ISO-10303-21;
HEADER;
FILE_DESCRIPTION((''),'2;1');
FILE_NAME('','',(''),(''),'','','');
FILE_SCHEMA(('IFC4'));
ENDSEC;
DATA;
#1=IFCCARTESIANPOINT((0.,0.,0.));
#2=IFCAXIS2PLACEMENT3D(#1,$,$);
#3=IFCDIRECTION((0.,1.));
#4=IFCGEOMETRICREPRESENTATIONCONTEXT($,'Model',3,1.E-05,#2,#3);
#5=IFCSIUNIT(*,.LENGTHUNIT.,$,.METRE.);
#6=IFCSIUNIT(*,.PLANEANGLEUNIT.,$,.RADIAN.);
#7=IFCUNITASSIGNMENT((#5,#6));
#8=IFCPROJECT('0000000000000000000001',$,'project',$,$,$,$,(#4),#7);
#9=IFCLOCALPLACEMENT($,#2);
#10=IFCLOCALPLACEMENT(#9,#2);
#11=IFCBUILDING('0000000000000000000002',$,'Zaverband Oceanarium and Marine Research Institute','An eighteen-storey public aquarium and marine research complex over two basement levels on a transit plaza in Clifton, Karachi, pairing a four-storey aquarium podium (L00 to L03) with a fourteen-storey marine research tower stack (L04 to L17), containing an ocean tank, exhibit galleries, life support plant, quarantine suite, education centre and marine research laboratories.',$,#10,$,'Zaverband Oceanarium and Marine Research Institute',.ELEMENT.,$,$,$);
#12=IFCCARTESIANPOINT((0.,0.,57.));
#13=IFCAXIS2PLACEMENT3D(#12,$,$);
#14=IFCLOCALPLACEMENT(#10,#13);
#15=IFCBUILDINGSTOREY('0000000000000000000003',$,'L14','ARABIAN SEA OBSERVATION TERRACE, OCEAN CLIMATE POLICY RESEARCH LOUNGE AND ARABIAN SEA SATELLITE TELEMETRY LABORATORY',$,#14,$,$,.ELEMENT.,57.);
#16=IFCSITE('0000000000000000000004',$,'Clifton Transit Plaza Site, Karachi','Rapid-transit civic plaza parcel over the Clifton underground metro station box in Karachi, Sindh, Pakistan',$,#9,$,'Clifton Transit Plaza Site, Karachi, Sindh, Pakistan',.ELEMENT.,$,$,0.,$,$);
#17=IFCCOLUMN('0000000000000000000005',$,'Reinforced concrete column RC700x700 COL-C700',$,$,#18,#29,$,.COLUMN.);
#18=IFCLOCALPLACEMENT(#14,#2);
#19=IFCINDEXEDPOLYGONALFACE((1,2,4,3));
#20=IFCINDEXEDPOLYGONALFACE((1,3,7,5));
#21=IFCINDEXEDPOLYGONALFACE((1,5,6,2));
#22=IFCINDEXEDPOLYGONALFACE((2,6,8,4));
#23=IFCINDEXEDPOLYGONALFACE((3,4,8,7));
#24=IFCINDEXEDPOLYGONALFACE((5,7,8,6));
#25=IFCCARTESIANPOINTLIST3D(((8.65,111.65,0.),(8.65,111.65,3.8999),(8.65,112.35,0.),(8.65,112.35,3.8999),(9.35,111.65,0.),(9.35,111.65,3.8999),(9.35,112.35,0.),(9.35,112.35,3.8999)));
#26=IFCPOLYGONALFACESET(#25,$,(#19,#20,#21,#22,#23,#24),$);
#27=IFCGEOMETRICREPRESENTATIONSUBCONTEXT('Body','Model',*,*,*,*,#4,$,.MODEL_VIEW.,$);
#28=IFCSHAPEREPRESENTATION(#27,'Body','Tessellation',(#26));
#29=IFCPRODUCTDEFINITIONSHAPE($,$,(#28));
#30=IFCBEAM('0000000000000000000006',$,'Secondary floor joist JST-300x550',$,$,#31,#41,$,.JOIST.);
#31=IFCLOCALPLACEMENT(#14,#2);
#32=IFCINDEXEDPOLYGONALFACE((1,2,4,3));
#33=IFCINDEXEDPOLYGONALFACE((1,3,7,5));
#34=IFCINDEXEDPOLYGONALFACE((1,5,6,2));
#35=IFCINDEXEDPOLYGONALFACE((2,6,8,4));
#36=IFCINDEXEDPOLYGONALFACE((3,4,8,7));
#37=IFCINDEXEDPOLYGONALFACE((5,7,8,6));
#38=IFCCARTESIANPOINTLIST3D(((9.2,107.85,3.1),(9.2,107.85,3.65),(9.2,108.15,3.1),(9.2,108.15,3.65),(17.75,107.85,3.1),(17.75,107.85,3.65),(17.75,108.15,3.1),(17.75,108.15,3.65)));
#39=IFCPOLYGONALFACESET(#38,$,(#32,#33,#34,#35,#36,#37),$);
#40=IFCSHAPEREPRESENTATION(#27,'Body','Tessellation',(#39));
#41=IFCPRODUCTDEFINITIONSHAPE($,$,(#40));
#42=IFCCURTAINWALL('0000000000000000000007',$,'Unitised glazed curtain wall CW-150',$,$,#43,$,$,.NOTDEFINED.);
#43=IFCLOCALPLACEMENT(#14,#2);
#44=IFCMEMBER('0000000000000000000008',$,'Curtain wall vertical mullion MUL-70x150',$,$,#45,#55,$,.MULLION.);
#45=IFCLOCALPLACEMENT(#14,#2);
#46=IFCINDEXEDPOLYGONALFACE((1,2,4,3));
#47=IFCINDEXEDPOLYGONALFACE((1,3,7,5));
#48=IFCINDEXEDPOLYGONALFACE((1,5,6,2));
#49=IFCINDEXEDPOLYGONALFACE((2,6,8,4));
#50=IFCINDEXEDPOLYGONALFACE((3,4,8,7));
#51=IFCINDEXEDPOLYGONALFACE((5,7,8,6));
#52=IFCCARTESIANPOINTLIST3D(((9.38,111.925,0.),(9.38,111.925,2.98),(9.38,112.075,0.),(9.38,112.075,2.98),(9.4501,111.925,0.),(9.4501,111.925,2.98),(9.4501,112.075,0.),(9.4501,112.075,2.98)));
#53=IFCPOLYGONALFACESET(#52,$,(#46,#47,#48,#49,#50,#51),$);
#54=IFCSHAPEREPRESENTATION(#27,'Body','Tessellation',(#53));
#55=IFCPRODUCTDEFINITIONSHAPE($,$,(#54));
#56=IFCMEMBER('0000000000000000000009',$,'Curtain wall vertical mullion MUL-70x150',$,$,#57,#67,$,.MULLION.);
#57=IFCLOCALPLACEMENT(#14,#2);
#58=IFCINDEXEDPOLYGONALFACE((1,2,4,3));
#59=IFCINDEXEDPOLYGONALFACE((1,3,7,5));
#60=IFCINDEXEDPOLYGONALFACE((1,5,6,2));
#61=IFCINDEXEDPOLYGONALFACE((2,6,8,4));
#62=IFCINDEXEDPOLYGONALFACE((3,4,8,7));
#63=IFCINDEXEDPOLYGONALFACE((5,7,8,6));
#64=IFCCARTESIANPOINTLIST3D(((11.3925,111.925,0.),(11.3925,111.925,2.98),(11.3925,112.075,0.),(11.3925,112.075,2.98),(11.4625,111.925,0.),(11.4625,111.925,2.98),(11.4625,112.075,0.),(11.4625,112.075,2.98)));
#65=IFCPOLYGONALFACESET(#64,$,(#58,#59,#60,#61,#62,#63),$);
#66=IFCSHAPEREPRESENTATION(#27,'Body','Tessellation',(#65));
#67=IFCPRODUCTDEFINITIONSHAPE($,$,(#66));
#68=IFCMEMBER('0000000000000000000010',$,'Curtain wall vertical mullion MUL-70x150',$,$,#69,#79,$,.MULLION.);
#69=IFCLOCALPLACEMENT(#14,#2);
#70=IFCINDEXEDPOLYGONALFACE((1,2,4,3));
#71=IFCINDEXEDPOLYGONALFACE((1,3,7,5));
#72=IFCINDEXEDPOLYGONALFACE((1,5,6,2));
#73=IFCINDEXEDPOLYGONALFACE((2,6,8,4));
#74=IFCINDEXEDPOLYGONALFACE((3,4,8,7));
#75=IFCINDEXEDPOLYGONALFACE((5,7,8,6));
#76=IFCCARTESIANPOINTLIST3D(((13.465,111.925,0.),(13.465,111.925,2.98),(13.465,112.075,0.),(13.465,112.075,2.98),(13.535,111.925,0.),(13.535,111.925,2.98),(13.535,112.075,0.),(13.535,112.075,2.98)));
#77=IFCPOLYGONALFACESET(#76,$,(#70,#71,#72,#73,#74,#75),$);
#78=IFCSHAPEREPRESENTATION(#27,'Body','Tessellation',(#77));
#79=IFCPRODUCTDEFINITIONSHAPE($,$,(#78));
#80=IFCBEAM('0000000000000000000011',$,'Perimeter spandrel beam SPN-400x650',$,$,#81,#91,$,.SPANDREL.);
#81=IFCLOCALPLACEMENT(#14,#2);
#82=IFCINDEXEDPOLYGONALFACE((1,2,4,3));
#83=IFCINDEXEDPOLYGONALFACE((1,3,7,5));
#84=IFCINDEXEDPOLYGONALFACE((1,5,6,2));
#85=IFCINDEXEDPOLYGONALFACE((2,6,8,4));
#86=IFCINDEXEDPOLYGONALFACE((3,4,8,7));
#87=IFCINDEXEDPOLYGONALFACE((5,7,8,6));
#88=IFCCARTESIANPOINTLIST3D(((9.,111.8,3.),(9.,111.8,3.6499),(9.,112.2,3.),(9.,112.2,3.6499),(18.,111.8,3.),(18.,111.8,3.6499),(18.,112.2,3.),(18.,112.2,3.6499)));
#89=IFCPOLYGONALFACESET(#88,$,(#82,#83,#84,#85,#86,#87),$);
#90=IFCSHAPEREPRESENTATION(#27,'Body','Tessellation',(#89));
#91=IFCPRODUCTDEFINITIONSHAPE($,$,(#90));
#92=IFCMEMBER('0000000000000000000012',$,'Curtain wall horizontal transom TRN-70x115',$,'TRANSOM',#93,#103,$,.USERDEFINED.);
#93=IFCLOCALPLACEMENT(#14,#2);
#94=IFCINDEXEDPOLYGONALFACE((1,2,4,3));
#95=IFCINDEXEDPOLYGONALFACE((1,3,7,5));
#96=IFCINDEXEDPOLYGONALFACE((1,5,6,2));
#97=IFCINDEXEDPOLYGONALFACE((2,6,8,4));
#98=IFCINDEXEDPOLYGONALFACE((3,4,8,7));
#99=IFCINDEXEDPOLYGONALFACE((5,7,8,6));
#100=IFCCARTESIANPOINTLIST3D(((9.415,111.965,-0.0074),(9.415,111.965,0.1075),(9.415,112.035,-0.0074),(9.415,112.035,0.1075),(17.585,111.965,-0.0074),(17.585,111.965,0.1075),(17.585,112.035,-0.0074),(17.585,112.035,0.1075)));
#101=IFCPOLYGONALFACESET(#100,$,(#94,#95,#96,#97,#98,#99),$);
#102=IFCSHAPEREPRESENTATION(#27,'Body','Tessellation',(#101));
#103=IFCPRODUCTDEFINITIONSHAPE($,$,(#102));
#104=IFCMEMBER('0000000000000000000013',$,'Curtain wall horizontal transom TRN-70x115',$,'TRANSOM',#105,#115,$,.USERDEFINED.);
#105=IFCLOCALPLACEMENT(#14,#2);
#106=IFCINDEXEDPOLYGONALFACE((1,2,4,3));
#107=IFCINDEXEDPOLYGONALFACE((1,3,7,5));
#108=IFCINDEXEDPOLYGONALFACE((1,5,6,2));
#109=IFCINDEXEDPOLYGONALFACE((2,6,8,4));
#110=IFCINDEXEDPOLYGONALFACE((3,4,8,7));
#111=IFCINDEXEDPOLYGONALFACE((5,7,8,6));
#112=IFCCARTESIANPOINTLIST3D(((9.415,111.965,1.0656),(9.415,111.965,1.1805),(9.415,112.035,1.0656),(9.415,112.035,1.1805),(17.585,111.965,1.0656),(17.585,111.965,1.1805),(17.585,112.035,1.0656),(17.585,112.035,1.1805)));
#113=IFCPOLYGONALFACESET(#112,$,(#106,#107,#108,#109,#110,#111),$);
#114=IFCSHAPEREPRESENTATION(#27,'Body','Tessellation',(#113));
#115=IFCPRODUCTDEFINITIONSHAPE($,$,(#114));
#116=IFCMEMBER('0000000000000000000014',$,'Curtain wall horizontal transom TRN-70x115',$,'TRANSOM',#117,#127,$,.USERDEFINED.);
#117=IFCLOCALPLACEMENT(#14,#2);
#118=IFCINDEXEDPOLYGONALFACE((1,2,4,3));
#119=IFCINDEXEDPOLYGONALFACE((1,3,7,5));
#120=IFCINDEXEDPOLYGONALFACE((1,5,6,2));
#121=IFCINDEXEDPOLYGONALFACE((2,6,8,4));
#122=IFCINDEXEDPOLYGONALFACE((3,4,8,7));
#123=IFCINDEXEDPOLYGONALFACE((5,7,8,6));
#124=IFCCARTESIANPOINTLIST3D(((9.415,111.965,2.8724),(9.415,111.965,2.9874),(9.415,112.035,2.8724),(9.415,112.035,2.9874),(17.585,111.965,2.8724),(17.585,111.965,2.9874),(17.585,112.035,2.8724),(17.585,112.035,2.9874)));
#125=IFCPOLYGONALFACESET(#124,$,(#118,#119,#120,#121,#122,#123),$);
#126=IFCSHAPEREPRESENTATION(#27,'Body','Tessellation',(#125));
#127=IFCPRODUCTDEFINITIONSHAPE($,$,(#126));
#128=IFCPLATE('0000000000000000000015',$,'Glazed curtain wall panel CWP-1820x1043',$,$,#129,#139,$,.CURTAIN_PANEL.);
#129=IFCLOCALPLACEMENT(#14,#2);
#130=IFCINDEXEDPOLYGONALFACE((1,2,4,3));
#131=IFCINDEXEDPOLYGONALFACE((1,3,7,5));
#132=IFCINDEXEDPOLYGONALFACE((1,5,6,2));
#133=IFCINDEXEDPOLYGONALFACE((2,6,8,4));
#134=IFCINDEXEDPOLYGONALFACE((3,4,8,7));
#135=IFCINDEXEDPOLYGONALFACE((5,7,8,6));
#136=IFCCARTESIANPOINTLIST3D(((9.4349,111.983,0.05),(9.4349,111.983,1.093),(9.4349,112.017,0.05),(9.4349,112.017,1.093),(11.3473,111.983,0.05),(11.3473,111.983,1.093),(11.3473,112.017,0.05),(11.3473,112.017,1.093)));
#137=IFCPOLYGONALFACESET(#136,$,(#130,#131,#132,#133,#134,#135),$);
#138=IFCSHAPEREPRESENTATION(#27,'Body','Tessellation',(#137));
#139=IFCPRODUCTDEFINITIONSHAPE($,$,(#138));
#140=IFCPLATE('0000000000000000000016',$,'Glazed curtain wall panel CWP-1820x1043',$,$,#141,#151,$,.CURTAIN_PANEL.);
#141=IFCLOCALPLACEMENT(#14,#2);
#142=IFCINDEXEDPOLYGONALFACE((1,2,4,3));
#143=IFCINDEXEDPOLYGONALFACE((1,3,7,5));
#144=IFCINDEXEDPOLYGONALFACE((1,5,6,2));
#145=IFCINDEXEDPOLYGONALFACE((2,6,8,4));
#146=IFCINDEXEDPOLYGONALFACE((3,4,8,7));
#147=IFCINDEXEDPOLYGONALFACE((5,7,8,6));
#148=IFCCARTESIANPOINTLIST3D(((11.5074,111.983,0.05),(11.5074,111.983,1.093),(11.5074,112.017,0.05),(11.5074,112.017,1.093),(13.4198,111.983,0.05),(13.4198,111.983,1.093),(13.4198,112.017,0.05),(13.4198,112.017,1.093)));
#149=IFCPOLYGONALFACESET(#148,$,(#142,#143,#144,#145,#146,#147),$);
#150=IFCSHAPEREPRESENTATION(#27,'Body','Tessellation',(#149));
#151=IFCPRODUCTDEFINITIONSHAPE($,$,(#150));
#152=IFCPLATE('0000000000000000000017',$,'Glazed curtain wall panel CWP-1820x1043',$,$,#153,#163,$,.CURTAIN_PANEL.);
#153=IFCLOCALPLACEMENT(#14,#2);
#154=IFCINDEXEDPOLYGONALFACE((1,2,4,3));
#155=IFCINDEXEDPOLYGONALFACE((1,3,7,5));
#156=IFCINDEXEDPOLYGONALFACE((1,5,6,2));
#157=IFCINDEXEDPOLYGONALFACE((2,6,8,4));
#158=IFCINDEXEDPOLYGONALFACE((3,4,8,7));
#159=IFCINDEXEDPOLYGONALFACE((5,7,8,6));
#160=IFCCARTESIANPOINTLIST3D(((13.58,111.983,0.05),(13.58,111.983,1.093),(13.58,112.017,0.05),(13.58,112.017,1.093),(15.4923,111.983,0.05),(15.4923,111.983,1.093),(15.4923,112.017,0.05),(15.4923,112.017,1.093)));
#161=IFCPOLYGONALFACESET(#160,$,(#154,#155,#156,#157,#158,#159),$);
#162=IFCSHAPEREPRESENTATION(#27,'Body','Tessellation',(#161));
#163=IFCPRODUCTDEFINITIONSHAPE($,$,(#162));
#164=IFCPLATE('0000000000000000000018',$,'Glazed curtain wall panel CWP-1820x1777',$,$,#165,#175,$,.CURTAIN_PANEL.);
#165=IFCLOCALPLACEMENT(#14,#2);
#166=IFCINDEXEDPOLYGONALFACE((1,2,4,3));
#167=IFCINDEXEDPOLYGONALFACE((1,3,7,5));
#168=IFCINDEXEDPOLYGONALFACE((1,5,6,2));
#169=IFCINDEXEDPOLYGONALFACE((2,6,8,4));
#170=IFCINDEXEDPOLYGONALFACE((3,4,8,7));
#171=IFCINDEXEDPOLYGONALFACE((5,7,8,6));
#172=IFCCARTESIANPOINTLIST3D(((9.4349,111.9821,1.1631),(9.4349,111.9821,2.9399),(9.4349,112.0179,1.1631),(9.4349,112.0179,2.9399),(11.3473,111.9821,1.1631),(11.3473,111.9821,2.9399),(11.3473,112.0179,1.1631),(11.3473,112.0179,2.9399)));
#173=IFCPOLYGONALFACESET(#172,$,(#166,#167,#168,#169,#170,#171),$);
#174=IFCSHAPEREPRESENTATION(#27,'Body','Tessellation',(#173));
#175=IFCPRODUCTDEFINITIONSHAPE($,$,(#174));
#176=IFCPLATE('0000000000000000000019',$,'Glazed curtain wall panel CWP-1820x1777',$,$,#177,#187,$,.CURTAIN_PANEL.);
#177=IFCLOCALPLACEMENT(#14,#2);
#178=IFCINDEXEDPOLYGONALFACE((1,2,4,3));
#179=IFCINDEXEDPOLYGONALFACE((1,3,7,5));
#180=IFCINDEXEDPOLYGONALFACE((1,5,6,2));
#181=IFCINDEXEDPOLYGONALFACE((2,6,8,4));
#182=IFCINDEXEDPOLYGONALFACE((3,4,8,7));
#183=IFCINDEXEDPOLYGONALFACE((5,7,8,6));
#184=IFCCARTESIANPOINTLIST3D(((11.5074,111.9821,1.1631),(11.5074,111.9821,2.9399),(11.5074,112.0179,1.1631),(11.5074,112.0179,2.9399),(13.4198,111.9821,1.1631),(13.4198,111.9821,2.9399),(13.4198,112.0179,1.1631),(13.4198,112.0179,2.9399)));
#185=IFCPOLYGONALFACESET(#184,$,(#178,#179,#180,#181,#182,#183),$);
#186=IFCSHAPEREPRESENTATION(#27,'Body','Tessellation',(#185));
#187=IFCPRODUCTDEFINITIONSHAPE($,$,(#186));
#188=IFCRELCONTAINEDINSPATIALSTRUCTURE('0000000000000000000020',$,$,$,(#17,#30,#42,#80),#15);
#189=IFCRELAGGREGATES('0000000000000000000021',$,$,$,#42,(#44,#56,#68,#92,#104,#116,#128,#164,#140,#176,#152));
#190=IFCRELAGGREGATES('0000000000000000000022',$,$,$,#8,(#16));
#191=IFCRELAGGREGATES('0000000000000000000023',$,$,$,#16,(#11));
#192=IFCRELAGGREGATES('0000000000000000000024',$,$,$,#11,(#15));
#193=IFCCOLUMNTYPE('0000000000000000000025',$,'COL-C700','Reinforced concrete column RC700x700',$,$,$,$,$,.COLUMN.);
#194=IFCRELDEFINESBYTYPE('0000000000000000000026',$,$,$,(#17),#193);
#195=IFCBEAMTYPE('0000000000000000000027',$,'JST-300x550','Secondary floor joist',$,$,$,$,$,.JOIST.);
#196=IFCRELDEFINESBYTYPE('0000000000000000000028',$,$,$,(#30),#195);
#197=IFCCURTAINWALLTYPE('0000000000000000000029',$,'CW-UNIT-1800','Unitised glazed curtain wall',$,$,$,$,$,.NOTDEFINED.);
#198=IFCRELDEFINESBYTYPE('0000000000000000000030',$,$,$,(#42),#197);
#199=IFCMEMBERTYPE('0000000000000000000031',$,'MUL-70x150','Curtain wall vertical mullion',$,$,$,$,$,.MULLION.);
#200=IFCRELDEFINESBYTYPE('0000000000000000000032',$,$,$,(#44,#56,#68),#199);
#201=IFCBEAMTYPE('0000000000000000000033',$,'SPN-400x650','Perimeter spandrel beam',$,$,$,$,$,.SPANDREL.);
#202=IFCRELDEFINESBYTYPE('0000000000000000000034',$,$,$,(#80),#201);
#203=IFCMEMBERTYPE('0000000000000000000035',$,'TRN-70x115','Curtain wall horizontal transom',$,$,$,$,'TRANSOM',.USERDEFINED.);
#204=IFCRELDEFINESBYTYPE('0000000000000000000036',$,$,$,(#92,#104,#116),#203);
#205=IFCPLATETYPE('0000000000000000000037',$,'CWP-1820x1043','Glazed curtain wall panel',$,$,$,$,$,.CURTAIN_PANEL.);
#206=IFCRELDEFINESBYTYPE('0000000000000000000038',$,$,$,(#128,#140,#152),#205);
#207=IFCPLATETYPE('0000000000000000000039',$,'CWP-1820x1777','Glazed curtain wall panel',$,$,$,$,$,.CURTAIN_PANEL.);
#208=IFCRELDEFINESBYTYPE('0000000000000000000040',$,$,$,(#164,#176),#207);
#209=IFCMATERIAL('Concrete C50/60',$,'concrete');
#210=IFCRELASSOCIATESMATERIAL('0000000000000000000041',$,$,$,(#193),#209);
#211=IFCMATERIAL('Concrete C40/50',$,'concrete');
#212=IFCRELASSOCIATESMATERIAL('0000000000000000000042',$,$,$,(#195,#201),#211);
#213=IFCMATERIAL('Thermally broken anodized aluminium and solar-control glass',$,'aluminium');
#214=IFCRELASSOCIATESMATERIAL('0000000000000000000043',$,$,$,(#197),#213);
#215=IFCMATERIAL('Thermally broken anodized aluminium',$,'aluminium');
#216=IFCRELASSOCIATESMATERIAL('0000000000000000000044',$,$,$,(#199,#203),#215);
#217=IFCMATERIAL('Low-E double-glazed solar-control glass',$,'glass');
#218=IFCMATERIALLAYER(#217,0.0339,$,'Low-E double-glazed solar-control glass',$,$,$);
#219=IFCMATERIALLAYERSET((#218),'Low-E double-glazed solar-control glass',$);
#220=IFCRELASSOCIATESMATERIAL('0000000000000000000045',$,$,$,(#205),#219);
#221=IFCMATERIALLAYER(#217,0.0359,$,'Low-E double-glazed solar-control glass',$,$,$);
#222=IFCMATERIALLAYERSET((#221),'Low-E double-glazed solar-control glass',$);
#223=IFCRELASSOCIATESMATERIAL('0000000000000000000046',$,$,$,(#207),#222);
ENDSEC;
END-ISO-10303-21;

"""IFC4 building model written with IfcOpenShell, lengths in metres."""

from ifc_helpers import new_model, si_unit, direction, frame, frame_2d, origin, origin_2d, place, context, subcontext, project, spatial, rectangle, extrude, material, layer, layer_set, material_profile, profile_set, type_object, element, aggregate, save


model = new_model("IFC4")

# Units and contexts
model_context = context("Model", 3, precision=1e-05, world=origin(), true_north=direction((0.0, 1.0)))
body_context = subcontext(model_context, "Body", "Model", "MODEL_VIEW")
ifc_project = project(units=[si_unit("LENGTHUNIT", "METRE"), si_unit("PLANEANGLEUNIT", "RADIAN")], contexts=[model_context])

# Site, building, storey
site_placement = place(None, origin())
site = spatial("IfcSite", under=ifc_project, at=site_placement, Name="Clifton Transit Plaza Site, Karachi", Description="Rapid-transit civic plaza parcel over the Clifton underground metro station box in Karachi, Sindh, Pakistan", LongName="Clifton Transit Plaza Site, Karachi, Sindh, Pakistan", CompositionType="ELEMENT", RefElevation=0.0)
building_placement = place(site_placement, origin())
building = spatial("IfcBuilding", under=site, at=building_placement, Name="Zaverband Oceanarium and Marine Research Institute", Description="An eighteen-storey public aquarium and marine research complex over two basement levels on a transit plaza in Clifton, Karachi, pairing a four-storey aquarium podium (L00 to L03) with a fourteen-storey marine research tower stack (L04 to L17), containing an ocean tank, exhibit galleries, life support plant, quarantine suite, education centre and marine research laboratories.", LongName="Zaverband Oceanarium and Marine Research Institute", CompositionType="ELEMENT")
storey_placement = place(building_placement, frame((0.0, 0.0, 57.0)))
storey = spatial("IfcBuildingStorey", under=building, at=storey_placement, Name="L14", Description="ARABIAN SEA OBSERVATION TERRACE, OCEAN CLIMATE POLICY RESEARCH LOUNGE AND ARABIAN SEA SATELLITE TELEMETRY LABORATORY", CompositionType="ELEMENT", Elevation=57.0)

# Column
ifc_material_1 = material(Name="Concrete C50/60", Category="concrete")
ifc_material_profile_1 = material_profile(ifc_material_1, rectangle(XDim=0.7, YDim=0.7, at=origin_2d()), Name="RC700x700")
ifc_profile_set_1 = profile_set([ifc_material_profile_1], Name="Concrete C50/60")
column_type = type_object("IfcColumnType", Name="COL-C700", Description="Reinforced concrete column RC700x700", PredefinedType="COLUMN", material=ifc_profile_set_1)
column_placement = place(storey_placement, frame((9.0, 112.0, 0.0), z_axis=(0.0, 0.0, 1.0), x_axis=(1.0, 0.0, 0.0)))
element("IfcColumn", 1, at=column_placement, inside=storey, type_object=column_type, Name="Reinforced concrete column RC700x700 COL-C700", PredefinedType="COLUMN", context=body_context, shape_type="SweptSolid", body=[
    extrude(rectangle(XDim=0.7, YDim=0.7, at=origin_2d()), origin(), (0.0, 0.0, 1.0), 3.8999),
])

# Beam
ifc_material_2 = material(Name="Concrete C40/50", Category="concrete")
ifc_material_profile_2 = material_profile(ifc_material_2, rectangle(XDim=0.3, YDim=0.55, at=origin_2d()), Name="RC300x550")
ifc_profile_set_2 = profile_set([ifc_material_profile_2], Name="Concrete C40/50")
beam_type_1 = type_object("IfcBeamType", Name="JST-300x550", Description="Secondary floor joist", PredefinedType="JOIST", material=ifc_profile_set_2)
beam_1_placement = place(storey_placement, frame((9.2, 108.0, 3.375), z_axis=(1.0, 0.0, 0.0), x_axis=(0.0, 1.0, 0.0)))
element("IfcBeam", 2, at=beam_1_placement, inside=storey, type_object=beam_type_1, Name="Secondary floor joist JST-300x550", PredefinedType="JOIST", context=body_context, shape_type="SweptSolid", body=[
    extrude(rectangle(XDim=0.3, YDim=0.55, at=origin_2d()), origin(), (0.0, 0.0, 1.0), 8.55),
])

# Curtain wall, members
ifc_material_3 = material(Name="Thermally broken anodized aluminium and solar-control glass", Category="aluminium")
curtain_wall_type = type_object("IfcCurtainWallType", Name="CW-UNIT-1800", Description="Unitised glazed curtain wall", PredefinedType="NOTDEFINED", material=ifc_material_3)
curtain_wall_placement = place(storey_placement, origin())
curtain_wall = element("IfcCurtainWall", 3, at=curtain_wall_placement, inside=storey, type_object=curtain_wall_type, Name="Unitised glazed curtain wall CW-150", PredefinedType="NOTDEFINED")
ifc_material_4 = material(Name="Thermally broken anodized aluminium", Category="aluminium")
ifc_material_profile_3 = material_profile(ifc_material_4, rectangle(XDim=0.0701, YDim=0.1499, at=origin_2d()), Name="AL-MUL-70x150")
ifc_profile_set_3 = profile_set([ifc_material_profile_3], Name="Thermally broken anodized aluminium")
member_type_1 = type_object("IfcMemberType", Name="MUL-70x150", Description="Curtain wall vertical mullion", PredefinedType="MULLION", material=ifc_profile_set_3)
member_1_placement = place(storey_placement, frame((9.415, 112.0, 0.0), z_axis=(0.0, 0.0, 1.0), x_axis=(1.0, 0.0, 0.0)))
member_1 = element("IfcMember", 4, at=member_1_placement, type_object=member_type_1, Name="Curtain wall vertical mullion MUL-70x150", PredefinedType="MULLION", context=body_context, shape_type="SweptSolid", body=[
    extrude(rectangle(XDim=0.0701, YDim=0.1499, at=origin_2d()), origin(), (0.0, 0.0, 1.0), 2.98),
])
member_2_placement = place(storey_placement, frame((11.4275, 112.0, 0.0), z_axis=(0.0, 0.0, 1.0), x_axis=(1.0, 0.0, 0.0)))
member_2 = element("IfcMember", 5, at=member_2_placement, type_object=member_type_1, Name="Curtain wall vertical mullion MUL-70x150", PredefinedType="MULLION", context=body_context, shape_type="SweptSolid", body=[
    extrude(rectangle(XDim=0.0701, YDim=0.1499, at=origin_2d()), origin(), (0.0, 0.0, 1.0), 2.98),
])
member_3_placement = place(storey_placement, frame((13.5, 112.0, 0.0), z_axis=(0.0, 0.0, 1.0), x_axis=(1.0, 0.0, 0.0)))
member_3 = element("IfcMember", 6, at=member_3_placement, type_object=member_type_1, Name="Curtain wall vertical mullion MUL-70x150", PredefinedType="MULLION", context=body_context, shape_type="SweptSolid", body=[
    extrude(rectangle(XDim=0.0701, YDim=0.1499, at=origin_2d()), origin(), (0.0, 0.0, 1.0), 2.98),
])

# Beam
ifc_material_profile_4 = material_profile(ifc_material_2, rectangle(XDim=0.3999, YDim=0.6499, at=origin_2d()), Name="RC400x650")
ifc_profile_set_4 = profile_set([ifc_material_profile_4], Name="Concrete C40/50")
beam_type_2 = type_object("IfcBeamType", Name="SPN-400x650", Description="Perimeter spandrel beam", PredefinedType="SPANDREL", material=ifc_profile_set_4)
beam_2_placement = place(storey_placement, frame((9.0, 112.0, 3.325), z_axis=(1.0, 0.0, 0.0), x_axis=(0.0, 1.0, 0.0)))
element("IfcBeam", 7, at=beam_2_placement, inside=storey, type_object=beam_type_2, Name="Perimeter spandrel beam SPN-400x650", PredefinedType="SPANDREL", context=body_context, shape_type="SweptSolid", body=[
    extrude(rectangle(XDim=0.3999, YDim=0.6499, at=origin_2d()), origin(), (0.0, 0.0, 1.0), 9.0),
])

# Members
ifc_material_profile_5 = material_profile(ifc_material_4, rectangle(XDim=0.0701, YDim=0.115, at=origin_2d()), Name="AL-TRN-70x115")
ifc_profile_set_5 = profile_set([ifc_material_profile_5], Name="Thermally broken anodized aluminium")
member_type_2 = type_object("IfcMemberType", Name="TRN-70x115", Description="Curtain wall horizontal transom", ElementType="TRANSOM", PredefinedType="USERDEFINED", material=ifc_profile_set_5)
member_4_placement = place(storey_placement, frame((9.415, 112.0, 0.05), z_axis=(1.0, 0.0, 0.0), x_axis=(0.0, 1.0, 0.0)))
member_4 = element("IfcMember", 8, at=member_4_placement, type_object=member_type_2, Name="Curtain wall horizontal transom TRN-70x115", ObjectType="TRANSOM", PredefinedType="USERDEFINED", context=body_context, shape_type="SweptSolid", body=[
    extrude(rectangle(XDim=0.0701, YDim=0.115, at=origin_2d()), origin(), (0.0, 0.0, 1.0), 8.1699),
])
member_5_placement = place(storey_placement, frame((9.415, 112.0, 1.123), z_axis=(1.0, 0.0, 0.0), x_axis=(0.0, 1.0, 0.0)))
member_5 = element("IfcMember", 9, at=member_5_placement, type_object=member_type_2, Name="Curtain wall horizontal transom TRN-70x115", ObjectType="TRANSOM", PredefinedType="USERDEFINED", context=body_context, shape_type="SweptSolid", body=[
    extrude(rectangle(XDim=0.0701, YDim=0.115, at=origin_2d()), origin(), (0.0, 0.0, 1.0), 8.1699),
])
member_6_placement = place(storey_placement, frame((9.415, 112.0, 2.9299), z_axis=(1.0, 0.0, 0.0), x_axis=(0.0, 1.0, 0.0)))
member_6 = element("IfcMember", 10, at=member_6_placement, type_object=member_type_2, Name="Curtain wall horizontal transom TRN-70x115", ObjectType="TRANSOM", PredefinedType="USERDEFINED", context=body_context, shape_type="SweptSolid", body=[
    extrude(rectangle(XDim=0.0701, YDim=0.115, at=origin_2d()), origin(), (0.0, 0.0, 1.0), 8.1699),
])

# Plates
ifc_material_5 = material(Name="Low-E double-glazed solar-control glass", Category="glass")
ifc_layer_1 = layer(ifc_material_5, 0.0339, Name="Low-E double-glazed solar-control glass")
ifc_layer_set_1 = layer_set([ifc_layer_1], Name="Low-E double-glazed solar-control glass")
plate_type_1 = type_object("IfcPlateType", Name="CWP-1820x1043", Description="Glazed curtain wall panel", PredefinedType="CURTAIN_PANEL", material=ifc_layer_set_1)
plate_1_placement = place(storey_placement, frame((9.4351, 112.0, 0.05), z_axis=(0.0, 0.0, 1.0), x_axis=(1.0, 0.0, 0.0)))
plate_1 = element("IfcPlate", 11, at=plate_1_placement, type_object=plate_type_1, Name="Glazed curtain wall panel CWP-1820x1043", PredefinedType="CURTAIN_PANEL", context=body_context, shape_type="SweptSolid", body=[
    extrude(rectangle(XDim=1.9124, YDim=0.0339, at=frame_2d((0.9561, 0.0))), origin(), (0.0, 0.0, 1.0), 1.043),
])
plate_2_placement = place(storey_placement, frame((11.5076, 112.0, 0.05), z_axis=(0.0, 0.0, 1.0), x_axis=(1.0, 0.0, 0.0)))
plate_2 = element("IfcPlate", 12, at=plate_2_placement, type_object=plate_type_1, Name="Glazed curtain wall panel CWP-1820x1043", PredefinedType="CURTAIN_PANEL", context=body_context, shape_type="SweptSolid", body=[
    extrude(rectangle(XDim=1.9124, YDim=0.0339, at=frame_2d((0.9561, 0.0))), origin(), (0.0, 0.0, 1.0), 1.043),
])
plate_3_placement = place(storey_placement, frame((13.5801, 112.0, 0.05), z_axis=(0.0, 0.0, 1.0), x_axis=(1.0, 0.0, 0.0)))
plate_3 = element("IfcPlate", 13, at=plate_3_placement, type_object=plate_type_1, Name="Glazed curtain wall panel CWP-1820x1043", PredefinedType="CURTAIN_PANEL", context=body_context, shape_type="SweptSolid", body=[
    extrude(rectangle(XDim=1.9124, YDim=0.0339, at=frame_2d((0.9561, 0.0))), origin(), (0.0, 0.0, 1.0), 1.043),
])
ifc_layer_2 = layer(ifc_material_5, 0.0359, Name="Low-E double-glazed solar-control glass")
ifc_layer_set_2 = layer_set([ifc_layer_2], Name="Low-E double-glazed solar-control glass")
plate_type_2 = type_object("IfcPlateType", Name="CWP-1820x1777", Description="Glazed curtain wall panel", PredefinedType="CURTAIN_PANEL", material=ifc_layer_set_2)
plate_4_placement = place(storey_placement, frame((9.4351, 112.0, 1.1631), z_axis=(0.0, 0.0, 1.0), x_axis=(1.0, 0.0, 0.0)))
plate_4 = element("IfcPlate", 14, at=plate_4_placement, type_object=plate_type_2, Name="Glazed curtain wall panel CWP-1820x1777", PredefinedType="CURTAIN_PANEL", context=body_context, shape_type="SweptSolid", body=[
    extrude(rectangle(XDim=1.9124, YDim=0.0359, at=frame_2d((0.9561, 0.0))), origin(), (0.0, 0.0, 1.0), 1.7769),
])
plate_5_placement = place(storey_placement, frame((11.5076, 112.0, 1.1631), z_axis=(0.0, 0.0, 1.0), x_axis=(1.0, 0.0, 0.0)))
plate_5 = element("IfcPlate", 15, at=plate_5_placement, type_object=plate_type_2, Name="Glazed curtain wall panel CWP-1820x1777", PredefinedType="CURTAIN_PANEL", context=body_context, shape_type="SweptSolid", body=[
    extrude(rectangle(XDim=1.9124, YDim=0.0359, at=frame_2d((0.9561, 0.0))), origin(), (0.0, 0.0, 1.0), 1.7769),
])
aggregate(curtain_wall, [member_1, member_2, member_3, member_4, member_5, member_6, plate_1, plate_4, plate_2, plate_5, plate_3])

save(model, "model.ifc")
